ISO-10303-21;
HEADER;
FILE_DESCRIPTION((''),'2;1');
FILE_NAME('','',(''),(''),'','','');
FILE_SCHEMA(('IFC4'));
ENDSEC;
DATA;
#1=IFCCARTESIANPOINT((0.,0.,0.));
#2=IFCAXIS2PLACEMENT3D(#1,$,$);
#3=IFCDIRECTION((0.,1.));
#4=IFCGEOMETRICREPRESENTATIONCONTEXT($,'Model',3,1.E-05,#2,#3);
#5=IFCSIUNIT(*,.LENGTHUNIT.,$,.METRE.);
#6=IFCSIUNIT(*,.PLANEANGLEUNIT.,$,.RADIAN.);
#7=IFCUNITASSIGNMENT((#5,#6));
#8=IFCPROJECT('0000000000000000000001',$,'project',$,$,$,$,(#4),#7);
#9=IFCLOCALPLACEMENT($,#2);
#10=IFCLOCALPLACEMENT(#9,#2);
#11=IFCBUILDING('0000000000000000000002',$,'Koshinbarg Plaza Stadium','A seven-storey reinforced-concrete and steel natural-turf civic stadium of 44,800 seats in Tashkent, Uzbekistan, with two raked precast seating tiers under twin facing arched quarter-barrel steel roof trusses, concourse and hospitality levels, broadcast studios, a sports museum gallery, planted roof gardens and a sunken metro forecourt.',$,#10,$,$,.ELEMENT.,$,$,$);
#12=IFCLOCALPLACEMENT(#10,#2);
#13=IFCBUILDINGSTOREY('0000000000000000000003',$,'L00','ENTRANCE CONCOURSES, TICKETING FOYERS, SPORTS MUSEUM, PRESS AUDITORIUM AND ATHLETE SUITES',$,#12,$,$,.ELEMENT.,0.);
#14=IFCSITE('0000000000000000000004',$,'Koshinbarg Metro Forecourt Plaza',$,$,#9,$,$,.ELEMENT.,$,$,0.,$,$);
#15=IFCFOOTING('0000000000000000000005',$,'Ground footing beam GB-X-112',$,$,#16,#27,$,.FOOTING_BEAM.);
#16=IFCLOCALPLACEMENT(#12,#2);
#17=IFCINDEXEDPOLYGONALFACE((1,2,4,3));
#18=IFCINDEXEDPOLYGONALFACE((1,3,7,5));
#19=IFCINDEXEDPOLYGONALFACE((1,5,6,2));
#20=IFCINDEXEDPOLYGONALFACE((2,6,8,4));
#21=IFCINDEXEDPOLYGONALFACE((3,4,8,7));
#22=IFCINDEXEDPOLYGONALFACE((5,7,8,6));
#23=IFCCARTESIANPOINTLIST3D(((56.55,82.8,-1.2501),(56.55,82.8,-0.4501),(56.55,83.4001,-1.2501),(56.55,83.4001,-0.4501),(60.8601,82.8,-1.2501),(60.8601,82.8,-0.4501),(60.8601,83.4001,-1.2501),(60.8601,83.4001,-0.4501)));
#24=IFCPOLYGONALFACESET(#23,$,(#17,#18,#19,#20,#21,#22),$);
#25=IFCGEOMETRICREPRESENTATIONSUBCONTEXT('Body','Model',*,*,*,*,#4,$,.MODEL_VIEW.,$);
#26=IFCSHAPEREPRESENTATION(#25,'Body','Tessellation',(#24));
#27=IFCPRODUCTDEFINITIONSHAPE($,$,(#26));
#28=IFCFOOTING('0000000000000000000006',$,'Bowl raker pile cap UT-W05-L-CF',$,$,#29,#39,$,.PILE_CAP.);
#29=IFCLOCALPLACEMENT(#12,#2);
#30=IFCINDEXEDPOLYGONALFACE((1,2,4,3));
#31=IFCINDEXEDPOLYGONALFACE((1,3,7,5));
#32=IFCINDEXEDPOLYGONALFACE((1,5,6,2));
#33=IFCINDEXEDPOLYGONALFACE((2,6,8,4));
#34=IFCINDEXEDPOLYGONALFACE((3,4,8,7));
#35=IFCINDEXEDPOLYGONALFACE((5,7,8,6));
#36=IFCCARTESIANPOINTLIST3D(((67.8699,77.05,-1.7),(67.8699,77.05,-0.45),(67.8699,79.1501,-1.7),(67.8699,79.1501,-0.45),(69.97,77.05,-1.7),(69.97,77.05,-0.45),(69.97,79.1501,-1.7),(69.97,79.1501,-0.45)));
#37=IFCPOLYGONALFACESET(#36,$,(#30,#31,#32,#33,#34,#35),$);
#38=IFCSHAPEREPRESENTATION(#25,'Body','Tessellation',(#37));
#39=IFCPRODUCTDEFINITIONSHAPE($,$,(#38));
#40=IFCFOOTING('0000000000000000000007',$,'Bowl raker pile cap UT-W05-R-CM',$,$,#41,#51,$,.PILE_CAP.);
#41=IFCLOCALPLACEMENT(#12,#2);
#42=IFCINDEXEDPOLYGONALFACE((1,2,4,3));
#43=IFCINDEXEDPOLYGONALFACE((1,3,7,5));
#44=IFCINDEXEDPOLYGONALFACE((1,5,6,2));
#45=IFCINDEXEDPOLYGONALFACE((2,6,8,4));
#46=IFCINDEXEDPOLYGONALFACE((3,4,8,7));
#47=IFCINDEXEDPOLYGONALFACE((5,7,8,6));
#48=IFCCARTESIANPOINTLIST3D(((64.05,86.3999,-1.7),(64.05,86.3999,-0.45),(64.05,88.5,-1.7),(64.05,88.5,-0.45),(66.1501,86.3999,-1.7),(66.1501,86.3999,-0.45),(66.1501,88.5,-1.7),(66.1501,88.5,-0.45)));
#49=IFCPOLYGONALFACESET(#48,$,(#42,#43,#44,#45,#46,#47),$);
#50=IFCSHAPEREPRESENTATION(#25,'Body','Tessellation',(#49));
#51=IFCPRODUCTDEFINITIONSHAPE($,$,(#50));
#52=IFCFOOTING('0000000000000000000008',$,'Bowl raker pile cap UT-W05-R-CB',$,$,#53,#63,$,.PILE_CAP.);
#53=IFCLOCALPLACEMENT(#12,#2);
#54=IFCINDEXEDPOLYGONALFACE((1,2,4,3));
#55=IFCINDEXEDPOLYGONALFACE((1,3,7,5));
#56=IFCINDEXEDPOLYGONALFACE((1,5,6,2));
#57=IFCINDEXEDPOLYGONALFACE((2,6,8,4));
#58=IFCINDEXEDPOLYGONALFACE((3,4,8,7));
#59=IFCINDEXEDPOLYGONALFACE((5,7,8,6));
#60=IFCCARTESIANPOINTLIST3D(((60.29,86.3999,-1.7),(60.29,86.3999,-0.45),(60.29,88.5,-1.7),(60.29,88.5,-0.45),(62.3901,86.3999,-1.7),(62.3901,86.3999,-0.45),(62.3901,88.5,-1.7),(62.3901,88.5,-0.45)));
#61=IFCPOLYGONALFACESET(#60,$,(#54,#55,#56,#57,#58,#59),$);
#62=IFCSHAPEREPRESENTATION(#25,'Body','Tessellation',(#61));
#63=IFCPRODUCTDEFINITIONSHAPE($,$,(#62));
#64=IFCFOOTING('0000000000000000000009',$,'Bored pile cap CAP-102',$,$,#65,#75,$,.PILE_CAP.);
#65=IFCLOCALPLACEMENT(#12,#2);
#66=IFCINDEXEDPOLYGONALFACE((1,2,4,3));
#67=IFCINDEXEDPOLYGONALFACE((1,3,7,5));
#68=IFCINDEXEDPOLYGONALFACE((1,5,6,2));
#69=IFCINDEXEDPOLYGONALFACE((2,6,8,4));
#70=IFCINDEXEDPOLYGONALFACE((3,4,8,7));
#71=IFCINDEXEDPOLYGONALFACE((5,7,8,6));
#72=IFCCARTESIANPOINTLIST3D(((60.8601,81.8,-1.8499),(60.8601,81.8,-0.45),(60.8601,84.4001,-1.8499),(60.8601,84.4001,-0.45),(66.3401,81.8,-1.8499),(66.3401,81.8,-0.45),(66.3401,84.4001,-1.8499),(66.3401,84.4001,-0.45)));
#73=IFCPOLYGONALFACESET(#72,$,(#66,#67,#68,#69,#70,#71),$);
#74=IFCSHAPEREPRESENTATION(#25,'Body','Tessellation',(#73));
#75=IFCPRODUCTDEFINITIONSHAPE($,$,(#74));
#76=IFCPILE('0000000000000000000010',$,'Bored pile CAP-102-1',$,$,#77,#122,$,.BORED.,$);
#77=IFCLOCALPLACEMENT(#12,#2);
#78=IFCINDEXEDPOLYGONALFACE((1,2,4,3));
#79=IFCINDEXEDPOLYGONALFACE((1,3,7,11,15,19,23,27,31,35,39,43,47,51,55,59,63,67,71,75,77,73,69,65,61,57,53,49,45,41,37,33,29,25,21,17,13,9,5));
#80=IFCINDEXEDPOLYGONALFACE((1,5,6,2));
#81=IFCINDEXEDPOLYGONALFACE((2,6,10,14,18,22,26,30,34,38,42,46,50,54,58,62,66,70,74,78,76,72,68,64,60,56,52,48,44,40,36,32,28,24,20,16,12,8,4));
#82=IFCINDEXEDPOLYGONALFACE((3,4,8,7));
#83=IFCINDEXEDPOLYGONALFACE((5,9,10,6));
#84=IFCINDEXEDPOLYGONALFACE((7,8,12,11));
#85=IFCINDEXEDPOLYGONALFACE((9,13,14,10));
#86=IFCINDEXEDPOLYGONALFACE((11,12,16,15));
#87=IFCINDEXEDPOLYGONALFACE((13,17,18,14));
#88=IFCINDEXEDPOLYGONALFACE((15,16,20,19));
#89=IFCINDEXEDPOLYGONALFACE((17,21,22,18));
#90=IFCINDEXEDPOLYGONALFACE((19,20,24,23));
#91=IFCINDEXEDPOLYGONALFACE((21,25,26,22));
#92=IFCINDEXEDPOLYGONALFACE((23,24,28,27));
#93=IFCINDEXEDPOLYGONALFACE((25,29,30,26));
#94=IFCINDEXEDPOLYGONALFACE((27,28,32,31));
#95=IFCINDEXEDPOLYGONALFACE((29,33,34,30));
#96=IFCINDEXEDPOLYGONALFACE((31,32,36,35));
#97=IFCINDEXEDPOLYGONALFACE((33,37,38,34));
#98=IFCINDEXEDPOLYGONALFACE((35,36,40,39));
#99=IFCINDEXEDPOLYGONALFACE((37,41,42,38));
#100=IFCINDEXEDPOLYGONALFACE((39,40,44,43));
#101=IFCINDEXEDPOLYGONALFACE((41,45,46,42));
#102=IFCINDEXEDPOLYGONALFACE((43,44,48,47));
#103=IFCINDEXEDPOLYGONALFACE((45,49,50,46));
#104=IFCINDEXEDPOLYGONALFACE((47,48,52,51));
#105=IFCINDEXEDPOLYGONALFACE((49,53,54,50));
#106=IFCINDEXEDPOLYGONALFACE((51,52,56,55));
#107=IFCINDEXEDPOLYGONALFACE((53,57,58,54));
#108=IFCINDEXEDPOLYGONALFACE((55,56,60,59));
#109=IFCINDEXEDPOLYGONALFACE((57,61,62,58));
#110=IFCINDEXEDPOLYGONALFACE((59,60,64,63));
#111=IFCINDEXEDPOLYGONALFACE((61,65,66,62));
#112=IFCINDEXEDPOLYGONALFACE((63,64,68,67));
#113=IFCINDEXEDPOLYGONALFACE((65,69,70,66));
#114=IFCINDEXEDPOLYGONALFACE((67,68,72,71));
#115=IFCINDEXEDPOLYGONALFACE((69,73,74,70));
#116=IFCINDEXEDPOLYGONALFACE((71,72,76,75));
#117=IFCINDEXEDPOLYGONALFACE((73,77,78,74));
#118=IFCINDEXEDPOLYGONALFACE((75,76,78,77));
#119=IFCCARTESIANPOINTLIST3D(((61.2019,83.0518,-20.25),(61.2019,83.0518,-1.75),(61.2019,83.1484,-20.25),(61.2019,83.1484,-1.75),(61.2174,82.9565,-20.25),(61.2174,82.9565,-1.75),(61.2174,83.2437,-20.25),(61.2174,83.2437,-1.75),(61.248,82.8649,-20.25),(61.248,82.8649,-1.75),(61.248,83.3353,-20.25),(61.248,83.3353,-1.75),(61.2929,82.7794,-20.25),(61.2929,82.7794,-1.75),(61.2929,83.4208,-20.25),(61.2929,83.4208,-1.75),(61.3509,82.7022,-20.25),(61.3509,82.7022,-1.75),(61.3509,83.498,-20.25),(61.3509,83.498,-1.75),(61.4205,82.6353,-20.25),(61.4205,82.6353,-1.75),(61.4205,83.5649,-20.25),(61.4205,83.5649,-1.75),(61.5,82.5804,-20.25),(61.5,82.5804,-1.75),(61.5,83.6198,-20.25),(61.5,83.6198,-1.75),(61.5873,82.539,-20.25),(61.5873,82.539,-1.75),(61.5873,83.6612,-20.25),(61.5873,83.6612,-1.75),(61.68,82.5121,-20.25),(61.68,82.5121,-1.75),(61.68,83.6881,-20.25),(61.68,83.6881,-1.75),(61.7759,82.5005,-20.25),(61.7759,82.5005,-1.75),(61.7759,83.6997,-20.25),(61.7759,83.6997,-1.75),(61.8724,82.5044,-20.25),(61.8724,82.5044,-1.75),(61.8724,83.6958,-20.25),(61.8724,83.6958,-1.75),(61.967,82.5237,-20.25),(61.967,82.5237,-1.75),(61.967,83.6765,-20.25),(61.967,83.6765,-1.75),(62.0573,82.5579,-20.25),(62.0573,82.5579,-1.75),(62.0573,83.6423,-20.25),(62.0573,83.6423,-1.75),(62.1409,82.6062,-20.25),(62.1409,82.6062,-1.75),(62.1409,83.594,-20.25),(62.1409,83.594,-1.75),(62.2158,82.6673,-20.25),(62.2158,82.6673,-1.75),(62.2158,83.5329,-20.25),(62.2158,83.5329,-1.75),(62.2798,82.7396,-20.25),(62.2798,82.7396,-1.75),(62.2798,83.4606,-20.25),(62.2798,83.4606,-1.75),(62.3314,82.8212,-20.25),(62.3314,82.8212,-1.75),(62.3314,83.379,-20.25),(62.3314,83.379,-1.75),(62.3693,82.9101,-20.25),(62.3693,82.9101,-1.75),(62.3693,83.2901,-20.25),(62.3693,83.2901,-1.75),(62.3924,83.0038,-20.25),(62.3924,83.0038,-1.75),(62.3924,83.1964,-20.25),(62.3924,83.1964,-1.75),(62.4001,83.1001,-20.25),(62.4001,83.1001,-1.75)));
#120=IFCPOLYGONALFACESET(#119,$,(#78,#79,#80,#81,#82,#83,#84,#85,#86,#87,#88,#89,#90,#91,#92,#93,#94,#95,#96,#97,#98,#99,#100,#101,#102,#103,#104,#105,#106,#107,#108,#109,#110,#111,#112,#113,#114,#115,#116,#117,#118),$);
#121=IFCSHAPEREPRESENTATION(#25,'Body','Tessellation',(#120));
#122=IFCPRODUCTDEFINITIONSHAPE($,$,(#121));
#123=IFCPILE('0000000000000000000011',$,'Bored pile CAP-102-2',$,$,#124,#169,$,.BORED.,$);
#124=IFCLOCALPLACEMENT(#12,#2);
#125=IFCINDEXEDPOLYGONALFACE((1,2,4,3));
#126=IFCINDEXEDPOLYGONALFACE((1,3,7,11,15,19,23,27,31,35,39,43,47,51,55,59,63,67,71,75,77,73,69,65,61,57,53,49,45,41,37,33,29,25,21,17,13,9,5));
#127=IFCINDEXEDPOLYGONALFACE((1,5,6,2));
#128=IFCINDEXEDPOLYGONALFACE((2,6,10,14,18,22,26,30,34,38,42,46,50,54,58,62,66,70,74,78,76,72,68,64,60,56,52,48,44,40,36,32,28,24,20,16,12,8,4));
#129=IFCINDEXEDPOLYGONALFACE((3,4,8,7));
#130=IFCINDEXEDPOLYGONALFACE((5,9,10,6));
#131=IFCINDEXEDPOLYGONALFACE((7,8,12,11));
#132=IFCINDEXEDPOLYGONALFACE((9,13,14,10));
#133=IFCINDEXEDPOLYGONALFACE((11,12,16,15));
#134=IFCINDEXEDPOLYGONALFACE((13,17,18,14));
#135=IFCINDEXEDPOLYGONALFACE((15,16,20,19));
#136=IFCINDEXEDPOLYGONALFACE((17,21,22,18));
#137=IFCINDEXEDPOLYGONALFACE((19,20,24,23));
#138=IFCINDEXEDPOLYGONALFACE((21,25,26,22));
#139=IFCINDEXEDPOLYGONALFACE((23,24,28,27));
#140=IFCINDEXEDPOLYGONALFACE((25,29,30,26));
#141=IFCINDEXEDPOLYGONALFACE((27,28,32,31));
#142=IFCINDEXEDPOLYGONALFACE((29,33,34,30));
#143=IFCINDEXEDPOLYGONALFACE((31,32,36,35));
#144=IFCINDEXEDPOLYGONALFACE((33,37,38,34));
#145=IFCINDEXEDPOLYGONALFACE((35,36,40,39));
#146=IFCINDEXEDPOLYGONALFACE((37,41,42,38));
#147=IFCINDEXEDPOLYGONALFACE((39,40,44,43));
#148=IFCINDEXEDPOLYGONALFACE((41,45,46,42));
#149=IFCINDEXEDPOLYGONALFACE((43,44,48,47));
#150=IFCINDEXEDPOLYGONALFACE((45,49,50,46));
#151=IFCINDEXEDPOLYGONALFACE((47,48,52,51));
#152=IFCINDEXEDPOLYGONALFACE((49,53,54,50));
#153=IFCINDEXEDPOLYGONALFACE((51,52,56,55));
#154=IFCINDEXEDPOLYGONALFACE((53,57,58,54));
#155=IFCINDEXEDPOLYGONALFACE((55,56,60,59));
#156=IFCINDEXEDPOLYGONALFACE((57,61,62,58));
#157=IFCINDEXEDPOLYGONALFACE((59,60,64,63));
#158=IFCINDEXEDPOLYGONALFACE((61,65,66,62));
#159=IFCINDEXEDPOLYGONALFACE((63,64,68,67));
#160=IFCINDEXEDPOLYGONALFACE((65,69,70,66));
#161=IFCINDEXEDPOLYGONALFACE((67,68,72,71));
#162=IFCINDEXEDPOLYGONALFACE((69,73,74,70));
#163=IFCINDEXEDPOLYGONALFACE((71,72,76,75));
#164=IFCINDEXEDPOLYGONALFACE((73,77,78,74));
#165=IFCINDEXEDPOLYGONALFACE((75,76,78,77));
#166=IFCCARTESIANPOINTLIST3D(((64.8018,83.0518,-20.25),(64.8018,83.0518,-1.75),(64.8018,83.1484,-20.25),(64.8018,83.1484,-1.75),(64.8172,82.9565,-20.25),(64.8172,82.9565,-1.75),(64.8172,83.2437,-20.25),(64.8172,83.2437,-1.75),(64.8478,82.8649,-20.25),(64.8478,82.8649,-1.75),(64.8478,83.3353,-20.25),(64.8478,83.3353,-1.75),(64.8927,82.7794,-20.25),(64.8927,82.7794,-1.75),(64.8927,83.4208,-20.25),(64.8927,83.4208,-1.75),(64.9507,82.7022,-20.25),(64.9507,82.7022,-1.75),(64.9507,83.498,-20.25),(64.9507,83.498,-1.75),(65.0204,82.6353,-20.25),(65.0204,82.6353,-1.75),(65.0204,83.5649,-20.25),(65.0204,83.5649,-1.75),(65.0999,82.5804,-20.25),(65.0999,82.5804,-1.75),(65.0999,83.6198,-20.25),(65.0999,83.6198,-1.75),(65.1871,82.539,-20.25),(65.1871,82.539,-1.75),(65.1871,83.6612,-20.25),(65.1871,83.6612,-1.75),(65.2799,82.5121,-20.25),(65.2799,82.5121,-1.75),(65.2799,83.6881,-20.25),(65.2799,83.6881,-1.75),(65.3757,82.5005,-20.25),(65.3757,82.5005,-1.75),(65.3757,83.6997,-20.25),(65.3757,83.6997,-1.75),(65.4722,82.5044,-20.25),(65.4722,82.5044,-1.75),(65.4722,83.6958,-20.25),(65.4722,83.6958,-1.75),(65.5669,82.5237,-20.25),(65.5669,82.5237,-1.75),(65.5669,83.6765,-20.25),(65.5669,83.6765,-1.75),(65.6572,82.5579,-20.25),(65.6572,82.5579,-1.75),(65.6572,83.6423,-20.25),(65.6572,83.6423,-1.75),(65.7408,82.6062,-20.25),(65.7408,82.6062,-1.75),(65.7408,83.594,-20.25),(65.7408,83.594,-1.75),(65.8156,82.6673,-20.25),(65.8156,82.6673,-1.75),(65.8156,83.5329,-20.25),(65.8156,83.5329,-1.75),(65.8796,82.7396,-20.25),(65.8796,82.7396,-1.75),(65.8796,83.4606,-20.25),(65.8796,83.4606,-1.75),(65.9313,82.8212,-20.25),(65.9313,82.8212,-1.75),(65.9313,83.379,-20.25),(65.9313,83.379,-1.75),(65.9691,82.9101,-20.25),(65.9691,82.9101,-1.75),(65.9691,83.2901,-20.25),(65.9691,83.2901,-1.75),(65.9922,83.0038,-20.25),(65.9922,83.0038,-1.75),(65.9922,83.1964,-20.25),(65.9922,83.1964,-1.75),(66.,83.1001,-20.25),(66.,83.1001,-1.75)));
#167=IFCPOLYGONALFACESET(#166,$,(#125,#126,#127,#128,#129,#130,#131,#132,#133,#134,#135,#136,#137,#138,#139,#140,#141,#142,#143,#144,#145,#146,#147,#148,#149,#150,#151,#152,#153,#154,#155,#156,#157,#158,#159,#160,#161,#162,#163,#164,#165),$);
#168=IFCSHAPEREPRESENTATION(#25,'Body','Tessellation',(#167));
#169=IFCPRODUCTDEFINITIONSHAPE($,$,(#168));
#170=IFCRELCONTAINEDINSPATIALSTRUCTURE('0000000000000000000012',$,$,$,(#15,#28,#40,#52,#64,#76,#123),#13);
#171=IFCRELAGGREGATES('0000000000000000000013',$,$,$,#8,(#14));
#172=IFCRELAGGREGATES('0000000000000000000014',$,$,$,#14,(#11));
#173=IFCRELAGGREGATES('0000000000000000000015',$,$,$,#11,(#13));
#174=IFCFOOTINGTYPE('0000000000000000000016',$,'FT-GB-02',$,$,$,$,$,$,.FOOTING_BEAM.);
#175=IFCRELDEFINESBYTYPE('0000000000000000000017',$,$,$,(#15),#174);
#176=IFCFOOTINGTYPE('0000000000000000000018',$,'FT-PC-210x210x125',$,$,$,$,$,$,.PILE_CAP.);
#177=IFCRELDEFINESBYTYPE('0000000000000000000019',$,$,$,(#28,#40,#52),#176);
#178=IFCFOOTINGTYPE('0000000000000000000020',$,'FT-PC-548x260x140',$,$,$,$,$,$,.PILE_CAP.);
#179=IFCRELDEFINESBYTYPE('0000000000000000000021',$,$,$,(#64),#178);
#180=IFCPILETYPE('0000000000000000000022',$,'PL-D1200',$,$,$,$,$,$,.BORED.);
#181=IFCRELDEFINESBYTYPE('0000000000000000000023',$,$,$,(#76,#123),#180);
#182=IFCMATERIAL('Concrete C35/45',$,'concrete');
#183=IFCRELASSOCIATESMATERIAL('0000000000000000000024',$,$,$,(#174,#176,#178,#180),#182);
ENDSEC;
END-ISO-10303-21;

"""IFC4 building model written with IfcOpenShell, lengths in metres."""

from ifc_helpers import new_model, si_unit, direction, frame, origin, origin_2d, place, context, subcontext, project, spatial, rectangle, circle, extrude, material, material_profile, profile_set, type_object, element, save


model = new_model("IFC4")

# Units and contexts
model_context = context("Model", 3, precision=1e-05, world=origin(), true_north=direction((0.0, 1.0)))
body_context = subcontext(model_context, "Body", "Model", "MODEL_VIEW")
ifc_project = project(units=[si_unit("LENGTHUNIT", "METRE"), si_unit("PLANEANGLEUNIT", "RADIAN")], contexts=[model_context])

# Site, building, storey
site_placement = place(None, origin())
site = spatial("IfcSite", under=ifc_project, at=site_placement, Name="Koshinbarg Metro Forecourt Plaza", CompositionType="ELEMENT", RefElevation=0.0)
building_placement = place(site_placement, origin())
building = spatial("IfcBuilding", under=site, at=building_placement, Name="Koshinbarg Plaza Stadium", Description="A seven-storey reinforced-concrete and steel natural-turf civic stadium of 44,800 seats in Tashkent, Uzbekistan, with two raked precast seating tiers under twin facing arched quarter-barrel steel roof trusses, concourse and hospitality levels, broadcast studios, a sports museum gallery, planted roof gardens and a sunken metro forecourt.", CompositionType="ELEMENT")
storey_placement = place(building_placement, origin())
storey = spatial("IfcBuildingStorey", under=building, at=storey_placement, Name="L00", Description="ENTRANCE CONCOURSES, TICKETING FOYERS, SPORTS MUSEUM, PRESS AUDITORIUM AND ATHLETE SUITES", CompositionType="ELEMENT", Elevation=0.0)

# Footings
ifc_material_1 = material(Name="Concrete C35/45", Category="concrete")
ifc_material_profile_1 = material_profile(ifc_material_1, rectangle(XDim=0.6001, YDim=0.8, at=origin_2d()), Name="GB 600x800")
ifc_profile_set_1 = profile_set([ifc_material_profile_1], Name="Concrete C35/45")
footing_type_1 = type_object("IfcFootingType", Name="FT-GB-02", PredefinedType="FOOTING_BEAM", material=ifc_profile_set_1)
footing_1_placement = place(storey_placement, frame((56.55, 83.1001, -0.8501), z_axis=(1.0, 0.0, 0.0), x_axis=(0.0, 1.0, 0.0)))
element("IfcFooting", 1, at=footing_1_placement, inside=storey, type_object=footing_type_1, Name="Ground footing beam GB-X-112", PredefinedType="FOOTING_BEAM", context=body_context, shape_type="SweptSolid", body=[
    extrude(rectangle(XDim=0.6001, YDim=0.8, at=origin_2d()), origin(), (0.0, 0.0, 1.0), 4.3101),
])
footing_type_2 = type_object("IfcFootingType", Name="FT-PC-210x210x125", PredefinedType="PILE_CAP", material=ifc_material_1)
for number, where, z_axis, x_axis, name in (
    (2, (68.9199, 78.1001, -1.7), (0.0, 0.0, 1.0), (1.0, 0.0, 0.0), "Bowl raker pile cap UT-W05-L-CF"),
    (3, (65.1001, 87.45, -1.7), (0.0, 0.0, 1.0), (1.0, 0.0, 0.0), "Bowl raker pile cap UT-W05-R-CM"),
    (4, (61.3401, 87.45, -1.7), (0.0, 0.0, 1.0), (1.0, 0.0, 0.0), "Bowl raker pile cap UT-W05-R-CB"),
):
    element("IfcFooting", number, at=place(storey_placement, frame(where, z_axis=z_axis, x_axis=x_axis)), inside=storey, type_object=footing_type_2, Name=name, PredefinedType="PILE_CAP", context=body_context, shape_type="SweptSolid", body=[
        extrude(rectangle(XDim=2.1001, YDim=2.1001, at=origin_2d()), origin(), (0.0, 0.0, 1.0), 1.25),
    ])
footing_type_3 = type_object("IfcFootingType", Name="FT-PC-548x260x140", PredefinedType="PILE_CAP", material=ifc_material_1)
footing_2_placement = place(storey_placement, frame((63.6001, 83.1001, -1.8499), z_axis=(0.0, 0.0, 1.0), x_axis=(1.0, 0.0, 0.0)))
element("IfcFooting", 5, at=footing_2_placement, inside=storey, type_object=footing_type_3, Name="Bored pile cap CAP-102", PredefinedType="PILE_CAP", context=body_context, shape_type="SweptSolid", body=[
    extrude(rectangle(XDim=5.48, YDim=2.6001, at=origin_2d()), origin(), (0.0, 0.0, 1.0), 1.3999),
])

# Piles
ifc_material_profile_2 = material_profile(ifc_material_1, circle(Radius=0.6001, at=origin_2d()), Name="PILE D1200")
ifc_profile_set_2 = profile_set([ifc_material_profile_2], Name="Concrete C35/45")
pile_type_1 = type_object("IfcPileType", Name="PL-D1200", PredefinedType="BORED", material=ifc_profile_set_2)
for number, where, z_axis, x_axis, name in (
    (6, (61.8, 83.1001, -1.75), (0.0, 0.0, -1.0), (1.0, 0.0, 0.0), "Bored pile CAP-102-1"),
    (7, (65.3999, 83.1001, -1.75), (0.0, 0.0, -1.0), (1.0, 0.0, 0.0), "Bored pile CAP-102-2"),
):
    element("IfcPile", number, at=place(storey_placement, frame(where, z_axis=z_axis, x_axis=x_axis)), inside=storey, type_object=pile_type_1, Name=name, PredefinedType="BORED", context=body_context, shape_type="SweptSolid", body=[
        extrude(circle(Radius=0.6001, at=origin_2d()), origin(), (0.0, 0.0, 1.0), 18.5),
    ])

save(model, "model.ifc")
